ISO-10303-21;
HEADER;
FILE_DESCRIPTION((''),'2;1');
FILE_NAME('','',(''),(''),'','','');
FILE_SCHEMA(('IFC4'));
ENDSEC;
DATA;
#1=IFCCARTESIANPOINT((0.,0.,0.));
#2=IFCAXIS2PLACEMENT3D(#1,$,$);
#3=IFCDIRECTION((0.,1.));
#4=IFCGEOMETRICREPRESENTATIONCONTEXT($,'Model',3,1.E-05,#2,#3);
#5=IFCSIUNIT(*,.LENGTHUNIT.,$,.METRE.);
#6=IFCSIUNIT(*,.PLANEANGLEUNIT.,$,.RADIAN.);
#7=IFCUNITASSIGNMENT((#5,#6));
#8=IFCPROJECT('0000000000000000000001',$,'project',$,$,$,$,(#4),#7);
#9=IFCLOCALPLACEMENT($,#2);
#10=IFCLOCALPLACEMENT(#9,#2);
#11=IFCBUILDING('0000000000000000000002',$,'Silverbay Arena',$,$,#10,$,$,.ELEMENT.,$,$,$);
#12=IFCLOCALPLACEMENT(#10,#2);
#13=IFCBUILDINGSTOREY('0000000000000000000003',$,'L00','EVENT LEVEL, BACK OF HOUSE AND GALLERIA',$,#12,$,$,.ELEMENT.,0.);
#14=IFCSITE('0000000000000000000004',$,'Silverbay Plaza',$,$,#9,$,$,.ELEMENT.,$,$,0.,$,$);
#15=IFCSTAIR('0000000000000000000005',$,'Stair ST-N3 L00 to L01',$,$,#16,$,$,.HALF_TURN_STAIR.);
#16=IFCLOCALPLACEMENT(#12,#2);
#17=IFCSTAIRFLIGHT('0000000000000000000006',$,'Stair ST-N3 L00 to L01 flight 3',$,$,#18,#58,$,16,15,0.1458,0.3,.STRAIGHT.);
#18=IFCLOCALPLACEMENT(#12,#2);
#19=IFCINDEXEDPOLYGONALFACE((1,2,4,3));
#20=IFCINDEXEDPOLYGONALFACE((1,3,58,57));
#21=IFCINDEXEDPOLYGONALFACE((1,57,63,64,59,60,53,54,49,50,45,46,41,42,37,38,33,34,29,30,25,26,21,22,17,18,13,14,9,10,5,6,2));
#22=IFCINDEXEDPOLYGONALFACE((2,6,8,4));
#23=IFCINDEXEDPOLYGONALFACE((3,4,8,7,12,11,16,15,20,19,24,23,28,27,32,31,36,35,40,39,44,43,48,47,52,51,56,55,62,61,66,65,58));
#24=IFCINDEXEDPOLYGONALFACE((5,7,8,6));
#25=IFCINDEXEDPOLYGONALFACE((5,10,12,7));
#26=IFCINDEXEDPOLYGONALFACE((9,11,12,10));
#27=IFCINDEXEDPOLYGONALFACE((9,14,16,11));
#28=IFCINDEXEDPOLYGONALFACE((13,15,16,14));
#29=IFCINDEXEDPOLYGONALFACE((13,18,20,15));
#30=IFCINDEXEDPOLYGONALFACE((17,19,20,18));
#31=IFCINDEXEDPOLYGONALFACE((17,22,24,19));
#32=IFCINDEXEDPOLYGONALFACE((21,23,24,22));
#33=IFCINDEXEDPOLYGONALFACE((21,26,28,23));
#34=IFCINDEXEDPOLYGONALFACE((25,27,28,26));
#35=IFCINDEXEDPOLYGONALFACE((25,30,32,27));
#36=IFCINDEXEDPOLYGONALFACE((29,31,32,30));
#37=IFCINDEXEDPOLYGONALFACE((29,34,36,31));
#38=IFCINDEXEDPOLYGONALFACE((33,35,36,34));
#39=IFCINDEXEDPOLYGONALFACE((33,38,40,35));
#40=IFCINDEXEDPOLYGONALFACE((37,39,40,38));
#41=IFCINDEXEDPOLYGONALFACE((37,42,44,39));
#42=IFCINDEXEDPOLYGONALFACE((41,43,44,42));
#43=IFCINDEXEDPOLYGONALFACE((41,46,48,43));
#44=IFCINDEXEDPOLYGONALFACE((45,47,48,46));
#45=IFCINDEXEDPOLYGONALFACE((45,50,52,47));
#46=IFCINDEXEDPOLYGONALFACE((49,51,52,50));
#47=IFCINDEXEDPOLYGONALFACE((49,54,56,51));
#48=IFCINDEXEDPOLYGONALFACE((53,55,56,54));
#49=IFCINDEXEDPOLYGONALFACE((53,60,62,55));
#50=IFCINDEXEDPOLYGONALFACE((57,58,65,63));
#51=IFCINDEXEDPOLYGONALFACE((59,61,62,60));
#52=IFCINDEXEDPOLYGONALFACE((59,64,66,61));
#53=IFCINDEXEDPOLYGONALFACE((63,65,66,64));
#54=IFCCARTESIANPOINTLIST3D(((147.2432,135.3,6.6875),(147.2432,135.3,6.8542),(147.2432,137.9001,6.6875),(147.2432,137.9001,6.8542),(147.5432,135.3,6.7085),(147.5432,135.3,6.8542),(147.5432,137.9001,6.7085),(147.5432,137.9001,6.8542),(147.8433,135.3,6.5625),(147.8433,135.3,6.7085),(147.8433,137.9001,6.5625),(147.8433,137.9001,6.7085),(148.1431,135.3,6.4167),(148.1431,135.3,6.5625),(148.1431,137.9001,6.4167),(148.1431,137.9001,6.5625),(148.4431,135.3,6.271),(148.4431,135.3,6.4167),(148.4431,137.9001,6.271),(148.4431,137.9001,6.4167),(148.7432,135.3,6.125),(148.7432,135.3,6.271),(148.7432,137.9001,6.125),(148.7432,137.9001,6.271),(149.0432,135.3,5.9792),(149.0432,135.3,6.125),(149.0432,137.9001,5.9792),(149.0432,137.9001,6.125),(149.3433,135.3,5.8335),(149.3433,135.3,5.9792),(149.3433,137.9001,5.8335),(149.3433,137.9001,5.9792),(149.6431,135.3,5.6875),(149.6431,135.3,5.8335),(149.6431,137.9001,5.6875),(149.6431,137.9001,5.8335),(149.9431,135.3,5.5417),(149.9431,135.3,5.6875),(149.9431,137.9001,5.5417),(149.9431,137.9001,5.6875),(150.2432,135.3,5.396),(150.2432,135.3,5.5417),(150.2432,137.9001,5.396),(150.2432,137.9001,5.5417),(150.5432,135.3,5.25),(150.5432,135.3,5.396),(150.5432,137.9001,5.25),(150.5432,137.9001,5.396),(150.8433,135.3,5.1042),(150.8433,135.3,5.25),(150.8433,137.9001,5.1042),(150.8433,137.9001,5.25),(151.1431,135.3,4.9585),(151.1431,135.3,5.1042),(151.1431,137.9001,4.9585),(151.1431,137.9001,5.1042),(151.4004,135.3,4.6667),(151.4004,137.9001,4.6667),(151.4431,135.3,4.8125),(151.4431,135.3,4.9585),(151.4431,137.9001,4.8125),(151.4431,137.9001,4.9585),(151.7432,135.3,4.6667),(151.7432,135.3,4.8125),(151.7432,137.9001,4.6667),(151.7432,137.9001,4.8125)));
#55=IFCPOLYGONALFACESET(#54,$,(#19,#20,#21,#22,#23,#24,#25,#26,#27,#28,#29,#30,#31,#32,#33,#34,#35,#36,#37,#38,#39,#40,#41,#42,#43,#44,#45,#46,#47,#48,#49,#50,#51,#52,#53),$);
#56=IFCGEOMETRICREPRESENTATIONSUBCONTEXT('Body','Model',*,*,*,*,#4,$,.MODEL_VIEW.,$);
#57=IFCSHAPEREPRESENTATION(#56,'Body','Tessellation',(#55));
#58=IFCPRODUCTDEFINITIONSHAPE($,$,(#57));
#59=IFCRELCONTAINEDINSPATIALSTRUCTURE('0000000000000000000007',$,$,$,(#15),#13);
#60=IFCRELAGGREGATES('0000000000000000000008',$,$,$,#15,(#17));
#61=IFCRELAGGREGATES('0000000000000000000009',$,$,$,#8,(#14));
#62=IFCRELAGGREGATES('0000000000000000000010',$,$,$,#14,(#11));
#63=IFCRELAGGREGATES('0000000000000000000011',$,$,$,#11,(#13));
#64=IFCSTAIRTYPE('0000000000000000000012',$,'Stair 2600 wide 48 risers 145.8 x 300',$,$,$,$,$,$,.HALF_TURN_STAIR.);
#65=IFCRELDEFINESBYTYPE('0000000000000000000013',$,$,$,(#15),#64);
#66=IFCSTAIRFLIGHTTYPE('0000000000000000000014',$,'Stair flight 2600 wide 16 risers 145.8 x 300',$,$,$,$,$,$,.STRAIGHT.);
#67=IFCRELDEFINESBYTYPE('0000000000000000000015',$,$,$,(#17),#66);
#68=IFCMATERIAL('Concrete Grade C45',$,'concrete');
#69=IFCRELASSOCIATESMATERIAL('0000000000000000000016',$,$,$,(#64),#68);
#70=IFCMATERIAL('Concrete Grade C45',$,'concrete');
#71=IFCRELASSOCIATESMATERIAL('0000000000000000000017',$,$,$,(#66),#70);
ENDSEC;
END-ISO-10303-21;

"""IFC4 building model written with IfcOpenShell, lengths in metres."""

from ifc_helpers import new_model, si_unit, direction, frame, origin, place, context, subcontext, project, spatial, polyline, outline, extrude, material, type_object, element, aggregate, save


model = new_model("IFC4")

# Units and contexts
model_context = context("Model", 3, precision=1e-05, world=origin(), true_north=direction((0.0, 1.0)))
body_context = subcontext(model_context, "Body", "Model", "MODEL_VIEW")
ifc_project = project(units=[si_unit("LENGTHUNIT", "METRE"), si_unit("PLANEANGLEUNIT", "RADIAN")], contexts=[model_context])

# Site, building, storey
site_placement = place(None, origin())
site = spatial("IfcSite", under=ifc_project, at=site_placement, Name="Silverbay Plaza", CompositionType="ELEMENT", RefElevation=0.0)
building_placement = place(site_placement, origin())
building = spatial("IfcBuilding", under=site, at=building_placement, Name="Silverbay Arena", CompositionType="ELEMENT")
storey_placement = place(building_placement, origin())
storey = spatial("IfcBuildingStorey", under=building, at=storey_placement, Name="L00", Description="EVENT LEVEL, BACK OF HOUSE AND GALLERIA", CompositionType="ELEMENT", Elevation=0.0)

# Stair, stair flight
ifc_material_1 = material(Name="Concrete Grade C45", Category="concrete")
stair_type = type_object("IfcStairType", Name="Stair 2600 wide 48 risers 145.8 x 300", PredefinedType="HALF_TURN_STAIR", material=ifc_material_1)
stair_placement = place(storey_placement, origin())
stair = element("IfcStair", 1, at=stair_placement, inside=storey, type_object=stair_type, Name="Stair ST-N3 L00 to L01", PredefinedType="HALF_TURN_STAIR")
ifc_material_2 = material(Name="Concrete Grade C45", Category="concrete")
stair_flight_type = type_object("IfcStairFlightType", Name="Stair flight 2600 wide 16 risers 145.8 x 300", PredefinedType="STRAIGHT", material=ifc_material_2)
stair_flight_1_placement = place(storey_placement, frame((151.7432, 136.6001, 4.6667), z_axis=(0.0, 0.0, 1.0), x_axis=(-1.0, 0.0, 0.0)))
stair_flight_1 = element("IfcStairFlight", 2, at=stair_flight_1_placement, type_object=stair_flight_type, Name="Stair ST-N3 L00 to L01 flight 3", NumberOfRisers=16, NumberOfTreads=15, PredefinedType="STRAIGHT", RiserHeight=0.1458, TreadLength=0.3, context=body_context, shape_type="SweptSolid", body=[
    extrude(outline(polyline([(0.0, 0.0), (0.0, 0.1458), (0.3, 0.1458), (0.3, 0.2917), (0.6001, 0.2917), (0.6001, 0.4375), (0.8999, 0.4375), (0.8999, 0.5833), (1.2, 0.5833), (1.2, 0.7292), (1.5, 0.7292), (1.5, 0.875), (1.8, 0.875), (1.8, 1.0208), (2.1001, 1.0208), (2.1001, 1.1667), (2.3999, 1.1667), (2.3999, 1.3125), (2.7, 1.3125), (2.7, 1.4583), (3.0, 1.4583), (3.0, 1.6042), (3.3, 1.6042), (3.3, 1.75), (3.6001, 1.75), (3.6001, 1.8958), (3.8999, 1.8958), (3.8999, 2.0417), (4.2, 2.0417), (4.2, 2.1875), (4.5, 2.1875), (4.5, 2.0208), (0.3428, 0.0), (0.0, 0.0)])), frame((0.0, 1.3, 0.0), z_axis=(0.0, -1.0, 0.0), x_axis=(1.0, 0.0, 0.0)), (0.0, 0.0, 1.0), 2.6001),
])
aggregate(stair, [stair_flight_1])

save(model, "model.ifc")
